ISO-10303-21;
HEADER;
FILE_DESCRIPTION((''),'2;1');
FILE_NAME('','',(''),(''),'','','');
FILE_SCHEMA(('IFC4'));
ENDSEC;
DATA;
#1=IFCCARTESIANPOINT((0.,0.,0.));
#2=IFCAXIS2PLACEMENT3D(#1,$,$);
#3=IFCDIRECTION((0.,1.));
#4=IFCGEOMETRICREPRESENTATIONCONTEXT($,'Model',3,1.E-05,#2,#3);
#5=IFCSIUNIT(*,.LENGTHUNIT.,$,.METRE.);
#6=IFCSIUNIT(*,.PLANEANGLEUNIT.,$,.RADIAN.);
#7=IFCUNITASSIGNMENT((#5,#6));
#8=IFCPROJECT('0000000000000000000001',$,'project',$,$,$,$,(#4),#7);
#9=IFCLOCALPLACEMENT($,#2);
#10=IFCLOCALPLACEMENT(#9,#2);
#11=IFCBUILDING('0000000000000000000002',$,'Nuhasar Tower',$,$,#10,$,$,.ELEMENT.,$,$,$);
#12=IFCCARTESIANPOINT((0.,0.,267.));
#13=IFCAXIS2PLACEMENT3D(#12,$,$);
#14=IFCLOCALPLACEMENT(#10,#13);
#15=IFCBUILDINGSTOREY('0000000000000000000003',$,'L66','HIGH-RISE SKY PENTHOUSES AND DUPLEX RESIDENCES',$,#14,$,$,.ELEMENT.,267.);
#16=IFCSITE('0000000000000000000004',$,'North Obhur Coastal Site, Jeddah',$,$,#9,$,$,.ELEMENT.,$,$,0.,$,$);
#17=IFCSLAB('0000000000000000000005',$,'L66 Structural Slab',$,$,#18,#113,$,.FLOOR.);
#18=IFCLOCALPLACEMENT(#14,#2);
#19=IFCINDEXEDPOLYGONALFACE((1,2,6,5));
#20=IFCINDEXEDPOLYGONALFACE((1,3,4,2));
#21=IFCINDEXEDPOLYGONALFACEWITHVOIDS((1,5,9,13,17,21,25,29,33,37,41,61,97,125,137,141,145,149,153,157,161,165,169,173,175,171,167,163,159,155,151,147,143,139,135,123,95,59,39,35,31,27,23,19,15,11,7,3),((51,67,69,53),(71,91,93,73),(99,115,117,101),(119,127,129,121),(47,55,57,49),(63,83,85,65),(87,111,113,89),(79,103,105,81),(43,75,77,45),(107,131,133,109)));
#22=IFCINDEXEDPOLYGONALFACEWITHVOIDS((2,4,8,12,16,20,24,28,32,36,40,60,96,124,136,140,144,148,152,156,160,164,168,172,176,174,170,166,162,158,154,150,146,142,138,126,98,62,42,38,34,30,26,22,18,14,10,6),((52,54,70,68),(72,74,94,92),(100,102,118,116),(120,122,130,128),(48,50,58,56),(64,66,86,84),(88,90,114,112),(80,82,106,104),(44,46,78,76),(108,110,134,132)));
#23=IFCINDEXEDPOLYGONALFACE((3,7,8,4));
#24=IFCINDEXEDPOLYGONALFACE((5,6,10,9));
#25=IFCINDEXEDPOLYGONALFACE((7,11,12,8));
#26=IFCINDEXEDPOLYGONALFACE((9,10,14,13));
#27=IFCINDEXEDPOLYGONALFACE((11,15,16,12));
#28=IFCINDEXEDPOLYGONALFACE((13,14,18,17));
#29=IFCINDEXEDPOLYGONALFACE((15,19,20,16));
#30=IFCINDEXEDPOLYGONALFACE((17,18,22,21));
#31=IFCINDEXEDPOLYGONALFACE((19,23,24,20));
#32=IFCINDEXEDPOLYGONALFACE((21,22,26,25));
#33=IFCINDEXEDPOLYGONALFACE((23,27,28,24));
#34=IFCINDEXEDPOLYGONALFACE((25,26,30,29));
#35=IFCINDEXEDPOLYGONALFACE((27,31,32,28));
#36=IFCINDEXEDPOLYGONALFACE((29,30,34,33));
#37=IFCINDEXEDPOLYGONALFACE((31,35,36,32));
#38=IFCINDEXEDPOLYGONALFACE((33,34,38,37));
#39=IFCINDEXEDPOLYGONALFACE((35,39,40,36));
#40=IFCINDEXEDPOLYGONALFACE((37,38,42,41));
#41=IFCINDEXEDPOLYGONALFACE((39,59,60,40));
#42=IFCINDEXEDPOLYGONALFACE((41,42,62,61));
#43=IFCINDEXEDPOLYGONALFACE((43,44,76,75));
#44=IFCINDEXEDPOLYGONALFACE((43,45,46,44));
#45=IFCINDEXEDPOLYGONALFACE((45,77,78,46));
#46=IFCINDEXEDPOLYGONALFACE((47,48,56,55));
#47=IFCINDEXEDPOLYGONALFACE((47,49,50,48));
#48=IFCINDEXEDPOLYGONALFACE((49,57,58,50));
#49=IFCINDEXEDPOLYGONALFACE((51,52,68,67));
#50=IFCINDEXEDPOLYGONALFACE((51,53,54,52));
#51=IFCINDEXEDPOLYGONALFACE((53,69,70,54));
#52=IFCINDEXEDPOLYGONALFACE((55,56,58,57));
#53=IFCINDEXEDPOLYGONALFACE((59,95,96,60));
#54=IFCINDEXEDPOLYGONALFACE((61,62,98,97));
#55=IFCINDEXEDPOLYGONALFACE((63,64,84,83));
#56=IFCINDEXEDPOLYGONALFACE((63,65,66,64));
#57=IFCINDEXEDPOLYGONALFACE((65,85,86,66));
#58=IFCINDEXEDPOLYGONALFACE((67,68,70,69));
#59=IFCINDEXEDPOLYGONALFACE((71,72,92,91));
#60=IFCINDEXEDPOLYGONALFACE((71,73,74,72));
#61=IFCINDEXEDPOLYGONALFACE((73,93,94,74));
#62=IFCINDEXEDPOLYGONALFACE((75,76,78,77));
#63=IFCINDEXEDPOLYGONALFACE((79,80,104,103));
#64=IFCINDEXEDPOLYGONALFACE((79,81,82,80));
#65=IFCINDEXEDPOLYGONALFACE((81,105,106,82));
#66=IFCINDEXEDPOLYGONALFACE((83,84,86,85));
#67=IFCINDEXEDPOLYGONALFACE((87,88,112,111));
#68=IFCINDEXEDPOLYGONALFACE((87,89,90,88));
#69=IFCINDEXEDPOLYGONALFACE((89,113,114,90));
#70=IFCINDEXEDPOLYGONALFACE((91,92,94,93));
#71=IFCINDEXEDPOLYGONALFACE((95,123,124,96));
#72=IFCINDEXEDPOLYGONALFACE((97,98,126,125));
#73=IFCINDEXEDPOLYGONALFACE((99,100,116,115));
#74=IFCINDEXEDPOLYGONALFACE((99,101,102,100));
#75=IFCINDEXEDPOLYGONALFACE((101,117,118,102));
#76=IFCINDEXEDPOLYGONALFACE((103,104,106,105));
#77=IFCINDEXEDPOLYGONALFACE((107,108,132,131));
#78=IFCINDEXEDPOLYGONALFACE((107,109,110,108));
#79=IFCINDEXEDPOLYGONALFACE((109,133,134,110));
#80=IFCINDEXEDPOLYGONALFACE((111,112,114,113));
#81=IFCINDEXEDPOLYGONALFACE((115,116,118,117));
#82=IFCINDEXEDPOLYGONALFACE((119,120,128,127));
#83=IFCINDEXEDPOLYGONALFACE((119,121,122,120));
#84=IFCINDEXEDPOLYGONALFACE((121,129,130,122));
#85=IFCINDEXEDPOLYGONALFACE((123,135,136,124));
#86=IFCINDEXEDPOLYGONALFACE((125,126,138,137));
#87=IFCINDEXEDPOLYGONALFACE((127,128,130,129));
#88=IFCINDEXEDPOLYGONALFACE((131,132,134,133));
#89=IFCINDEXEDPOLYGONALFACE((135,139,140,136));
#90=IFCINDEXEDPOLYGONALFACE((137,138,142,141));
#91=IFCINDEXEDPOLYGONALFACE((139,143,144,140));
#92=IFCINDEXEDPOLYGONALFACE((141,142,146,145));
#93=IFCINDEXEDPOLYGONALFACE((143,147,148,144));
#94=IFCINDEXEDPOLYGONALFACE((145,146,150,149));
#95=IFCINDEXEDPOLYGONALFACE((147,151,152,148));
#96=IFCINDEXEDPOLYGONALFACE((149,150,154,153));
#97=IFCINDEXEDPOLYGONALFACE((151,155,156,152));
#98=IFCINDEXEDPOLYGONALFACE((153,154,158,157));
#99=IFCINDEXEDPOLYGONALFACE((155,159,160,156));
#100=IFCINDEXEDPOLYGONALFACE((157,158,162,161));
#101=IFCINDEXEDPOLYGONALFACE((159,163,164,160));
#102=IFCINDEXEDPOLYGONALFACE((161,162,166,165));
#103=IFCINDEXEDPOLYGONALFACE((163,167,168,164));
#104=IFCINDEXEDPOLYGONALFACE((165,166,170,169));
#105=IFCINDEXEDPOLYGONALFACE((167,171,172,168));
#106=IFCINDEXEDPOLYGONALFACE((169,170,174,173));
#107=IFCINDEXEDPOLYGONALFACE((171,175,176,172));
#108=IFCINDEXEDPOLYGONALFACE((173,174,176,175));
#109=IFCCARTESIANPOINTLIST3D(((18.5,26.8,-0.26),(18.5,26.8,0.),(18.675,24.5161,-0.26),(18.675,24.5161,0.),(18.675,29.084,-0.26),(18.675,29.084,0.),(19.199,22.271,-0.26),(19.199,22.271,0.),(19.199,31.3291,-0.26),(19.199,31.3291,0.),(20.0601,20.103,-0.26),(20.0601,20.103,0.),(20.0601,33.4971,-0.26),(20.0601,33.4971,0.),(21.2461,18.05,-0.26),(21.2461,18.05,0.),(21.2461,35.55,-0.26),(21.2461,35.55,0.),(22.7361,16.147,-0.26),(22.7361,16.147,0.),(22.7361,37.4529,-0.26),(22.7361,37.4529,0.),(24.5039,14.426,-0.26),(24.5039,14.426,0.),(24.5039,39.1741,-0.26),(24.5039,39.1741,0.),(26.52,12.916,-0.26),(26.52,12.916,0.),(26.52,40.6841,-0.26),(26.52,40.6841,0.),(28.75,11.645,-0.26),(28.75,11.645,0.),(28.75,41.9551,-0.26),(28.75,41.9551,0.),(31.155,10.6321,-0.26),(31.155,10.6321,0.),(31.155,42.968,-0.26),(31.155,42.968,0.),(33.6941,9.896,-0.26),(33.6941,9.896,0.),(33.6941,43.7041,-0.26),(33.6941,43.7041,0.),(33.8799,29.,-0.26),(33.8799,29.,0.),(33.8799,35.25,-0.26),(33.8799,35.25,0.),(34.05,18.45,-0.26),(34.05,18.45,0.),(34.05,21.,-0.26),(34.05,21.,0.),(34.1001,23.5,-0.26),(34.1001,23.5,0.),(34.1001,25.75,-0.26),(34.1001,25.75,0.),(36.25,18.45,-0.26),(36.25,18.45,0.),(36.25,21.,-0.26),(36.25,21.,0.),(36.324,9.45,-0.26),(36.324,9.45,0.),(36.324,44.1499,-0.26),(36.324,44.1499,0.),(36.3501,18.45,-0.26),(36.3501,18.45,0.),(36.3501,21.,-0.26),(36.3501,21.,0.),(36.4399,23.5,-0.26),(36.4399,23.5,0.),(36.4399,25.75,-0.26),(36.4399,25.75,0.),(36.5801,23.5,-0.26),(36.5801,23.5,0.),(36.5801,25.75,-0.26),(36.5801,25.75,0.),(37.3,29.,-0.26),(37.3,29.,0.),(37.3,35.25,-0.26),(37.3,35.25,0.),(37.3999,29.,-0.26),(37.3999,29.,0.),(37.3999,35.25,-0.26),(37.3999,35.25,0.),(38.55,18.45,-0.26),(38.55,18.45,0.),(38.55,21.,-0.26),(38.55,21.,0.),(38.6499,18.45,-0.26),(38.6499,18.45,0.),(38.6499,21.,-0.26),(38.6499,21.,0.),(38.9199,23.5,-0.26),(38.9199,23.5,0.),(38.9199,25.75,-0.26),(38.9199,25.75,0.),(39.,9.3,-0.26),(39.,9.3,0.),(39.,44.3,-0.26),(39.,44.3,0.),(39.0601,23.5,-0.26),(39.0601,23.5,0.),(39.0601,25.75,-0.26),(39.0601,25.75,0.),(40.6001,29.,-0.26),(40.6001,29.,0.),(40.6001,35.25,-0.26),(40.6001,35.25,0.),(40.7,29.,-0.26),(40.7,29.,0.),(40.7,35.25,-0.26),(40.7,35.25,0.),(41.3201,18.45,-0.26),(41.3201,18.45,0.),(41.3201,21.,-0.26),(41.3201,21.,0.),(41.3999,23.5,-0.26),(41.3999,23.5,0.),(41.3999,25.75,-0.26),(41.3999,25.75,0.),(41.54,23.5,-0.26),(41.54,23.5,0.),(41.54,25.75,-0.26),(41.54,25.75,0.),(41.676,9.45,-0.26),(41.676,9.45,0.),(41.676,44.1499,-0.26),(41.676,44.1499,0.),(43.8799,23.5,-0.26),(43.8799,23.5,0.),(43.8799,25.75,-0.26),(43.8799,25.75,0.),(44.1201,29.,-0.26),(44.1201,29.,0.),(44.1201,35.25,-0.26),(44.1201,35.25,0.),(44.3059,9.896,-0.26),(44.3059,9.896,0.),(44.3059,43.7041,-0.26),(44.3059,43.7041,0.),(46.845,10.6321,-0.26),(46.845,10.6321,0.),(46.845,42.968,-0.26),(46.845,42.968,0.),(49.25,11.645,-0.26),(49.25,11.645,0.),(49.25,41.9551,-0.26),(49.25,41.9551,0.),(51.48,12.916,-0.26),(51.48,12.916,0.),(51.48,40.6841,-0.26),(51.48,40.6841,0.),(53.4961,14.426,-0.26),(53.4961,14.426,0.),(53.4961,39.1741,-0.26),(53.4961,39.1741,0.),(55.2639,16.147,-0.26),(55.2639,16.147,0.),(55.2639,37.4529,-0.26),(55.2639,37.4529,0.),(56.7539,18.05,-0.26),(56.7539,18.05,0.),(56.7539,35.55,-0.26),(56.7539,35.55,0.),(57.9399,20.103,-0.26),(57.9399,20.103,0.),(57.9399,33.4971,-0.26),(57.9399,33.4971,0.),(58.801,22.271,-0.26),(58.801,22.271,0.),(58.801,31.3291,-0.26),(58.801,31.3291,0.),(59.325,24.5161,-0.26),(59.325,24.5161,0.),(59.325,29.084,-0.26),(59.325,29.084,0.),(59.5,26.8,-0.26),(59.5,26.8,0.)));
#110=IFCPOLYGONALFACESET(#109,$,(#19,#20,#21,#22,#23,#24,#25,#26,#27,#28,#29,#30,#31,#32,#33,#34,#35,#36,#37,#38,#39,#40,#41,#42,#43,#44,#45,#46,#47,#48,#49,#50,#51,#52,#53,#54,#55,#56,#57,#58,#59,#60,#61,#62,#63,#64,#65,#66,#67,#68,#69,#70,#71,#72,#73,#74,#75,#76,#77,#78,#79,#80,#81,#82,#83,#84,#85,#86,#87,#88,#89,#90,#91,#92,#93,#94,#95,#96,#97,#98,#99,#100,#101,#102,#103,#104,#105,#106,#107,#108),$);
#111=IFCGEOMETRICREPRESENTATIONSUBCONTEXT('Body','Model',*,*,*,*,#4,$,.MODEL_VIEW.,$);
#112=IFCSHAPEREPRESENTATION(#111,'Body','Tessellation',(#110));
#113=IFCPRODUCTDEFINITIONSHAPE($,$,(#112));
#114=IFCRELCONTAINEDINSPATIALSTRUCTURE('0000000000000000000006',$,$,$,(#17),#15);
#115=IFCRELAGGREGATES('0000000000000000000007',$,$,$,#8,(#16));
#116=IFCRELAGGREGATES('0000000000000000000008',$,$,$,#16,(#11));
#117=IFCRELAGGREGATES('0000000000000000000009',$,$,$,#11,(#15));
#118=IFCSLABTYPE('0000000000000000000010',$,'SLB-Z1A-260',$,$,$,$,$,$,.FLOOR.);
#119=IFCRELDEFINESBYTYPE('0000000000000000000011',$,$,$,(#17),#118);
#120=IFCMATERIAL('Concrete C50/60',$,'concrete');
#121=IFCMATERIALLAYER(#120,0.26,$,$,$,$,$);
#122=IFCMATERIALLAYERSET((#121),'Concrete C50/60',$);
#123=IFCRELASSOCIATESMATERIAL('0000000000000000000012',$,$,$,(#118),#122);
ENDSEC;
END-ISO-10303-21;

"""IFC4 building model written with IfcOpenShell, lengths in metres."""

from ifc_helpers import new_model, si_unit, direction, frame, origin, place, context, subcontext, project, spatial, polyline, outline, extrude, material, layer, layer_set, type_object, element, save


model = new_model("IFC4")

# Units and contexts
model_context = context("Model", 3, precision=1e-05, world=origin(), true_north=direction((0.0, 1.0)))
body_context = subcontext(model_context, "Body", "Model", "MODEL_VIEW")
ifc_project = project(units=[si_unit("LENGTHUNIT", "METRE"), si_unit("PLANEANGLEUNIT", "RADIAN")], contexts=[model_context])

# Site, building, storey
site_placement = place(None, origin())
site = spatial("IfcSite", under=ifc_project, at=site_placement, Name="North Obhur Coastal Site, Jeddah", CompositionType="ELEMENT", RefElevation=0.0)
building_placement = place(site_placement, origin())
building = spatial("IfcBuilding", under=site, at=building_placement, Name="Nuhasar Tower", CompositionType="ELEMENT")
storey_placement = place(building_placement, frame((0.0, 0.0, 267.0)))
storey = spatial("IfcBuildingStorey", under=building, at=storey_placement, Name="L66", Description="HIGH-RISE SKY PENTHOUSES AND DUPLEX RESIDENCES", CompositionType="ELEMENT", Elevation=267.0)

# Shared definitions
ifc_material_1 = material(Name="Concrete C50/60", Category="concrete")

# Slab
ifc_layer_1 = layer(ifc_material_1, 0.26)
ifc_layer_set_1 = layer_set([ifc_layer_1], Name="Concrete C50/60")
slab_type_1 = type_object("IfcSlabType", Name="SLB-Z1A-260", PredefinedType="FLOOR", material=ifc_layer_set_1)
slab_1_placement = place(storey_placement, frame((0.0, 0.0, -0.26)))
element("IfcSlab", 1, at=slab_1_placement, inside=storey, type_object=slab_type_1, Name="L66 Structural Slab", PredefinedType="FLOOR", context=body_context, shape_type="SweptSolid", body=[
    extrude(outline(polyline([(59.5, 26.8), (59.325, 29.084), (58.801, 31.3291), (57.9399, 33.4971), (56.7539, 35.55), (55.2639, 37.4529), (53.4961, 39.1741), (51.48, 40.6841), (49.25, 41.9551), (46.845, 42.968), (44.3059, 43.7041), (41.676, 44.1499), (39.0, 44.3), (36.324, 44.1499), (33.6941, 43.7041), (31.155, 42.968), (28.75, 41.9551), (26.52, 40.6841), (24.5039, 39.1741), (22.7361, 37.4529), (21.2461, 35.55), (20.0601, 33.4971), (19.199, 31.3291), (18.675, 29.084), (18.5, 26.8), (18.675, 24.5161), (19.199, 22.271), (20.0601, 20.103), (21.2461, 18.05), (22.7361, 16.147), (24.5039, 14.426), (26.52, 12.916), (28.75, 11.645), (31.155, 10.6321), (33.6941, 9.896), (36.324, 9.45), (39.0, 9.3), (41.676, 9.45), (44.3059, 9.896), (46.845, 10.6321), (49.25, 11.645), (51.48, 12.916), (53.4961, 14.426), (55.2639, 16.147), (56.7539, 18.05), (57.9399, 20.103), (58.801, 22.271), (59.325, 24.5161), (59.5, 26.8)]), holes=[polyline([(33.8799, 35.25), (37.3, 35.25), (37.3, 29.0), (33.8799, 29.0), (33.8799, 35.25)]), polyline([(37.3999, 35.25), (40.6001, 35.25), (40.6001, 29.0), (37.3999, 29.0), (37.3999, 35.25)]), polyline([(40.7, 35.25), (44.1201, 35.25), (44.1201, 29.0), (40.7, 29.0), (40.7, 35.25)]), polyline([(34.1001, 25.75), (36.4399, 25.75), (36.4399, 23.5), (34.1001, 23.5), (34.1001, 25.75)]), polyline([(36.5801, 25.75), (38.9199, 25.75), (38.9199, 23.5), (36.5801, 23.5), (36.5801, 25.75)]), polyline([(39.0601, 25.75), (41.3999, 25.75), (41.3999, 23.5), (39.0601, 23.5), (39.0601, 25.75)]), polyline([(41.54, 25.75), (43.8799, 25.75), (43.8799, 23.5), (41.54, 23.5), (41.54, 25.75)]), polyline([(34.05, 21.0), (36.25, 21.0), (36.25, 18.45), (34.05, 18.45), (34.05, 21.0)]), polyline([(36.3501, 21.0), (38.55, 21.0), (38.55, 18.45), (36.3501, 18.45), (36.3501, 21.0)]), polyline([(38.6499, 21.0), (41.3201, 21.0), (41.3201, 18.45), (38.6499, 18.45), (38.6499, 21.0)])]), origin(), (0.0, 0.0, 1.0), 0.26),
])

save(model, "model.ifc")
